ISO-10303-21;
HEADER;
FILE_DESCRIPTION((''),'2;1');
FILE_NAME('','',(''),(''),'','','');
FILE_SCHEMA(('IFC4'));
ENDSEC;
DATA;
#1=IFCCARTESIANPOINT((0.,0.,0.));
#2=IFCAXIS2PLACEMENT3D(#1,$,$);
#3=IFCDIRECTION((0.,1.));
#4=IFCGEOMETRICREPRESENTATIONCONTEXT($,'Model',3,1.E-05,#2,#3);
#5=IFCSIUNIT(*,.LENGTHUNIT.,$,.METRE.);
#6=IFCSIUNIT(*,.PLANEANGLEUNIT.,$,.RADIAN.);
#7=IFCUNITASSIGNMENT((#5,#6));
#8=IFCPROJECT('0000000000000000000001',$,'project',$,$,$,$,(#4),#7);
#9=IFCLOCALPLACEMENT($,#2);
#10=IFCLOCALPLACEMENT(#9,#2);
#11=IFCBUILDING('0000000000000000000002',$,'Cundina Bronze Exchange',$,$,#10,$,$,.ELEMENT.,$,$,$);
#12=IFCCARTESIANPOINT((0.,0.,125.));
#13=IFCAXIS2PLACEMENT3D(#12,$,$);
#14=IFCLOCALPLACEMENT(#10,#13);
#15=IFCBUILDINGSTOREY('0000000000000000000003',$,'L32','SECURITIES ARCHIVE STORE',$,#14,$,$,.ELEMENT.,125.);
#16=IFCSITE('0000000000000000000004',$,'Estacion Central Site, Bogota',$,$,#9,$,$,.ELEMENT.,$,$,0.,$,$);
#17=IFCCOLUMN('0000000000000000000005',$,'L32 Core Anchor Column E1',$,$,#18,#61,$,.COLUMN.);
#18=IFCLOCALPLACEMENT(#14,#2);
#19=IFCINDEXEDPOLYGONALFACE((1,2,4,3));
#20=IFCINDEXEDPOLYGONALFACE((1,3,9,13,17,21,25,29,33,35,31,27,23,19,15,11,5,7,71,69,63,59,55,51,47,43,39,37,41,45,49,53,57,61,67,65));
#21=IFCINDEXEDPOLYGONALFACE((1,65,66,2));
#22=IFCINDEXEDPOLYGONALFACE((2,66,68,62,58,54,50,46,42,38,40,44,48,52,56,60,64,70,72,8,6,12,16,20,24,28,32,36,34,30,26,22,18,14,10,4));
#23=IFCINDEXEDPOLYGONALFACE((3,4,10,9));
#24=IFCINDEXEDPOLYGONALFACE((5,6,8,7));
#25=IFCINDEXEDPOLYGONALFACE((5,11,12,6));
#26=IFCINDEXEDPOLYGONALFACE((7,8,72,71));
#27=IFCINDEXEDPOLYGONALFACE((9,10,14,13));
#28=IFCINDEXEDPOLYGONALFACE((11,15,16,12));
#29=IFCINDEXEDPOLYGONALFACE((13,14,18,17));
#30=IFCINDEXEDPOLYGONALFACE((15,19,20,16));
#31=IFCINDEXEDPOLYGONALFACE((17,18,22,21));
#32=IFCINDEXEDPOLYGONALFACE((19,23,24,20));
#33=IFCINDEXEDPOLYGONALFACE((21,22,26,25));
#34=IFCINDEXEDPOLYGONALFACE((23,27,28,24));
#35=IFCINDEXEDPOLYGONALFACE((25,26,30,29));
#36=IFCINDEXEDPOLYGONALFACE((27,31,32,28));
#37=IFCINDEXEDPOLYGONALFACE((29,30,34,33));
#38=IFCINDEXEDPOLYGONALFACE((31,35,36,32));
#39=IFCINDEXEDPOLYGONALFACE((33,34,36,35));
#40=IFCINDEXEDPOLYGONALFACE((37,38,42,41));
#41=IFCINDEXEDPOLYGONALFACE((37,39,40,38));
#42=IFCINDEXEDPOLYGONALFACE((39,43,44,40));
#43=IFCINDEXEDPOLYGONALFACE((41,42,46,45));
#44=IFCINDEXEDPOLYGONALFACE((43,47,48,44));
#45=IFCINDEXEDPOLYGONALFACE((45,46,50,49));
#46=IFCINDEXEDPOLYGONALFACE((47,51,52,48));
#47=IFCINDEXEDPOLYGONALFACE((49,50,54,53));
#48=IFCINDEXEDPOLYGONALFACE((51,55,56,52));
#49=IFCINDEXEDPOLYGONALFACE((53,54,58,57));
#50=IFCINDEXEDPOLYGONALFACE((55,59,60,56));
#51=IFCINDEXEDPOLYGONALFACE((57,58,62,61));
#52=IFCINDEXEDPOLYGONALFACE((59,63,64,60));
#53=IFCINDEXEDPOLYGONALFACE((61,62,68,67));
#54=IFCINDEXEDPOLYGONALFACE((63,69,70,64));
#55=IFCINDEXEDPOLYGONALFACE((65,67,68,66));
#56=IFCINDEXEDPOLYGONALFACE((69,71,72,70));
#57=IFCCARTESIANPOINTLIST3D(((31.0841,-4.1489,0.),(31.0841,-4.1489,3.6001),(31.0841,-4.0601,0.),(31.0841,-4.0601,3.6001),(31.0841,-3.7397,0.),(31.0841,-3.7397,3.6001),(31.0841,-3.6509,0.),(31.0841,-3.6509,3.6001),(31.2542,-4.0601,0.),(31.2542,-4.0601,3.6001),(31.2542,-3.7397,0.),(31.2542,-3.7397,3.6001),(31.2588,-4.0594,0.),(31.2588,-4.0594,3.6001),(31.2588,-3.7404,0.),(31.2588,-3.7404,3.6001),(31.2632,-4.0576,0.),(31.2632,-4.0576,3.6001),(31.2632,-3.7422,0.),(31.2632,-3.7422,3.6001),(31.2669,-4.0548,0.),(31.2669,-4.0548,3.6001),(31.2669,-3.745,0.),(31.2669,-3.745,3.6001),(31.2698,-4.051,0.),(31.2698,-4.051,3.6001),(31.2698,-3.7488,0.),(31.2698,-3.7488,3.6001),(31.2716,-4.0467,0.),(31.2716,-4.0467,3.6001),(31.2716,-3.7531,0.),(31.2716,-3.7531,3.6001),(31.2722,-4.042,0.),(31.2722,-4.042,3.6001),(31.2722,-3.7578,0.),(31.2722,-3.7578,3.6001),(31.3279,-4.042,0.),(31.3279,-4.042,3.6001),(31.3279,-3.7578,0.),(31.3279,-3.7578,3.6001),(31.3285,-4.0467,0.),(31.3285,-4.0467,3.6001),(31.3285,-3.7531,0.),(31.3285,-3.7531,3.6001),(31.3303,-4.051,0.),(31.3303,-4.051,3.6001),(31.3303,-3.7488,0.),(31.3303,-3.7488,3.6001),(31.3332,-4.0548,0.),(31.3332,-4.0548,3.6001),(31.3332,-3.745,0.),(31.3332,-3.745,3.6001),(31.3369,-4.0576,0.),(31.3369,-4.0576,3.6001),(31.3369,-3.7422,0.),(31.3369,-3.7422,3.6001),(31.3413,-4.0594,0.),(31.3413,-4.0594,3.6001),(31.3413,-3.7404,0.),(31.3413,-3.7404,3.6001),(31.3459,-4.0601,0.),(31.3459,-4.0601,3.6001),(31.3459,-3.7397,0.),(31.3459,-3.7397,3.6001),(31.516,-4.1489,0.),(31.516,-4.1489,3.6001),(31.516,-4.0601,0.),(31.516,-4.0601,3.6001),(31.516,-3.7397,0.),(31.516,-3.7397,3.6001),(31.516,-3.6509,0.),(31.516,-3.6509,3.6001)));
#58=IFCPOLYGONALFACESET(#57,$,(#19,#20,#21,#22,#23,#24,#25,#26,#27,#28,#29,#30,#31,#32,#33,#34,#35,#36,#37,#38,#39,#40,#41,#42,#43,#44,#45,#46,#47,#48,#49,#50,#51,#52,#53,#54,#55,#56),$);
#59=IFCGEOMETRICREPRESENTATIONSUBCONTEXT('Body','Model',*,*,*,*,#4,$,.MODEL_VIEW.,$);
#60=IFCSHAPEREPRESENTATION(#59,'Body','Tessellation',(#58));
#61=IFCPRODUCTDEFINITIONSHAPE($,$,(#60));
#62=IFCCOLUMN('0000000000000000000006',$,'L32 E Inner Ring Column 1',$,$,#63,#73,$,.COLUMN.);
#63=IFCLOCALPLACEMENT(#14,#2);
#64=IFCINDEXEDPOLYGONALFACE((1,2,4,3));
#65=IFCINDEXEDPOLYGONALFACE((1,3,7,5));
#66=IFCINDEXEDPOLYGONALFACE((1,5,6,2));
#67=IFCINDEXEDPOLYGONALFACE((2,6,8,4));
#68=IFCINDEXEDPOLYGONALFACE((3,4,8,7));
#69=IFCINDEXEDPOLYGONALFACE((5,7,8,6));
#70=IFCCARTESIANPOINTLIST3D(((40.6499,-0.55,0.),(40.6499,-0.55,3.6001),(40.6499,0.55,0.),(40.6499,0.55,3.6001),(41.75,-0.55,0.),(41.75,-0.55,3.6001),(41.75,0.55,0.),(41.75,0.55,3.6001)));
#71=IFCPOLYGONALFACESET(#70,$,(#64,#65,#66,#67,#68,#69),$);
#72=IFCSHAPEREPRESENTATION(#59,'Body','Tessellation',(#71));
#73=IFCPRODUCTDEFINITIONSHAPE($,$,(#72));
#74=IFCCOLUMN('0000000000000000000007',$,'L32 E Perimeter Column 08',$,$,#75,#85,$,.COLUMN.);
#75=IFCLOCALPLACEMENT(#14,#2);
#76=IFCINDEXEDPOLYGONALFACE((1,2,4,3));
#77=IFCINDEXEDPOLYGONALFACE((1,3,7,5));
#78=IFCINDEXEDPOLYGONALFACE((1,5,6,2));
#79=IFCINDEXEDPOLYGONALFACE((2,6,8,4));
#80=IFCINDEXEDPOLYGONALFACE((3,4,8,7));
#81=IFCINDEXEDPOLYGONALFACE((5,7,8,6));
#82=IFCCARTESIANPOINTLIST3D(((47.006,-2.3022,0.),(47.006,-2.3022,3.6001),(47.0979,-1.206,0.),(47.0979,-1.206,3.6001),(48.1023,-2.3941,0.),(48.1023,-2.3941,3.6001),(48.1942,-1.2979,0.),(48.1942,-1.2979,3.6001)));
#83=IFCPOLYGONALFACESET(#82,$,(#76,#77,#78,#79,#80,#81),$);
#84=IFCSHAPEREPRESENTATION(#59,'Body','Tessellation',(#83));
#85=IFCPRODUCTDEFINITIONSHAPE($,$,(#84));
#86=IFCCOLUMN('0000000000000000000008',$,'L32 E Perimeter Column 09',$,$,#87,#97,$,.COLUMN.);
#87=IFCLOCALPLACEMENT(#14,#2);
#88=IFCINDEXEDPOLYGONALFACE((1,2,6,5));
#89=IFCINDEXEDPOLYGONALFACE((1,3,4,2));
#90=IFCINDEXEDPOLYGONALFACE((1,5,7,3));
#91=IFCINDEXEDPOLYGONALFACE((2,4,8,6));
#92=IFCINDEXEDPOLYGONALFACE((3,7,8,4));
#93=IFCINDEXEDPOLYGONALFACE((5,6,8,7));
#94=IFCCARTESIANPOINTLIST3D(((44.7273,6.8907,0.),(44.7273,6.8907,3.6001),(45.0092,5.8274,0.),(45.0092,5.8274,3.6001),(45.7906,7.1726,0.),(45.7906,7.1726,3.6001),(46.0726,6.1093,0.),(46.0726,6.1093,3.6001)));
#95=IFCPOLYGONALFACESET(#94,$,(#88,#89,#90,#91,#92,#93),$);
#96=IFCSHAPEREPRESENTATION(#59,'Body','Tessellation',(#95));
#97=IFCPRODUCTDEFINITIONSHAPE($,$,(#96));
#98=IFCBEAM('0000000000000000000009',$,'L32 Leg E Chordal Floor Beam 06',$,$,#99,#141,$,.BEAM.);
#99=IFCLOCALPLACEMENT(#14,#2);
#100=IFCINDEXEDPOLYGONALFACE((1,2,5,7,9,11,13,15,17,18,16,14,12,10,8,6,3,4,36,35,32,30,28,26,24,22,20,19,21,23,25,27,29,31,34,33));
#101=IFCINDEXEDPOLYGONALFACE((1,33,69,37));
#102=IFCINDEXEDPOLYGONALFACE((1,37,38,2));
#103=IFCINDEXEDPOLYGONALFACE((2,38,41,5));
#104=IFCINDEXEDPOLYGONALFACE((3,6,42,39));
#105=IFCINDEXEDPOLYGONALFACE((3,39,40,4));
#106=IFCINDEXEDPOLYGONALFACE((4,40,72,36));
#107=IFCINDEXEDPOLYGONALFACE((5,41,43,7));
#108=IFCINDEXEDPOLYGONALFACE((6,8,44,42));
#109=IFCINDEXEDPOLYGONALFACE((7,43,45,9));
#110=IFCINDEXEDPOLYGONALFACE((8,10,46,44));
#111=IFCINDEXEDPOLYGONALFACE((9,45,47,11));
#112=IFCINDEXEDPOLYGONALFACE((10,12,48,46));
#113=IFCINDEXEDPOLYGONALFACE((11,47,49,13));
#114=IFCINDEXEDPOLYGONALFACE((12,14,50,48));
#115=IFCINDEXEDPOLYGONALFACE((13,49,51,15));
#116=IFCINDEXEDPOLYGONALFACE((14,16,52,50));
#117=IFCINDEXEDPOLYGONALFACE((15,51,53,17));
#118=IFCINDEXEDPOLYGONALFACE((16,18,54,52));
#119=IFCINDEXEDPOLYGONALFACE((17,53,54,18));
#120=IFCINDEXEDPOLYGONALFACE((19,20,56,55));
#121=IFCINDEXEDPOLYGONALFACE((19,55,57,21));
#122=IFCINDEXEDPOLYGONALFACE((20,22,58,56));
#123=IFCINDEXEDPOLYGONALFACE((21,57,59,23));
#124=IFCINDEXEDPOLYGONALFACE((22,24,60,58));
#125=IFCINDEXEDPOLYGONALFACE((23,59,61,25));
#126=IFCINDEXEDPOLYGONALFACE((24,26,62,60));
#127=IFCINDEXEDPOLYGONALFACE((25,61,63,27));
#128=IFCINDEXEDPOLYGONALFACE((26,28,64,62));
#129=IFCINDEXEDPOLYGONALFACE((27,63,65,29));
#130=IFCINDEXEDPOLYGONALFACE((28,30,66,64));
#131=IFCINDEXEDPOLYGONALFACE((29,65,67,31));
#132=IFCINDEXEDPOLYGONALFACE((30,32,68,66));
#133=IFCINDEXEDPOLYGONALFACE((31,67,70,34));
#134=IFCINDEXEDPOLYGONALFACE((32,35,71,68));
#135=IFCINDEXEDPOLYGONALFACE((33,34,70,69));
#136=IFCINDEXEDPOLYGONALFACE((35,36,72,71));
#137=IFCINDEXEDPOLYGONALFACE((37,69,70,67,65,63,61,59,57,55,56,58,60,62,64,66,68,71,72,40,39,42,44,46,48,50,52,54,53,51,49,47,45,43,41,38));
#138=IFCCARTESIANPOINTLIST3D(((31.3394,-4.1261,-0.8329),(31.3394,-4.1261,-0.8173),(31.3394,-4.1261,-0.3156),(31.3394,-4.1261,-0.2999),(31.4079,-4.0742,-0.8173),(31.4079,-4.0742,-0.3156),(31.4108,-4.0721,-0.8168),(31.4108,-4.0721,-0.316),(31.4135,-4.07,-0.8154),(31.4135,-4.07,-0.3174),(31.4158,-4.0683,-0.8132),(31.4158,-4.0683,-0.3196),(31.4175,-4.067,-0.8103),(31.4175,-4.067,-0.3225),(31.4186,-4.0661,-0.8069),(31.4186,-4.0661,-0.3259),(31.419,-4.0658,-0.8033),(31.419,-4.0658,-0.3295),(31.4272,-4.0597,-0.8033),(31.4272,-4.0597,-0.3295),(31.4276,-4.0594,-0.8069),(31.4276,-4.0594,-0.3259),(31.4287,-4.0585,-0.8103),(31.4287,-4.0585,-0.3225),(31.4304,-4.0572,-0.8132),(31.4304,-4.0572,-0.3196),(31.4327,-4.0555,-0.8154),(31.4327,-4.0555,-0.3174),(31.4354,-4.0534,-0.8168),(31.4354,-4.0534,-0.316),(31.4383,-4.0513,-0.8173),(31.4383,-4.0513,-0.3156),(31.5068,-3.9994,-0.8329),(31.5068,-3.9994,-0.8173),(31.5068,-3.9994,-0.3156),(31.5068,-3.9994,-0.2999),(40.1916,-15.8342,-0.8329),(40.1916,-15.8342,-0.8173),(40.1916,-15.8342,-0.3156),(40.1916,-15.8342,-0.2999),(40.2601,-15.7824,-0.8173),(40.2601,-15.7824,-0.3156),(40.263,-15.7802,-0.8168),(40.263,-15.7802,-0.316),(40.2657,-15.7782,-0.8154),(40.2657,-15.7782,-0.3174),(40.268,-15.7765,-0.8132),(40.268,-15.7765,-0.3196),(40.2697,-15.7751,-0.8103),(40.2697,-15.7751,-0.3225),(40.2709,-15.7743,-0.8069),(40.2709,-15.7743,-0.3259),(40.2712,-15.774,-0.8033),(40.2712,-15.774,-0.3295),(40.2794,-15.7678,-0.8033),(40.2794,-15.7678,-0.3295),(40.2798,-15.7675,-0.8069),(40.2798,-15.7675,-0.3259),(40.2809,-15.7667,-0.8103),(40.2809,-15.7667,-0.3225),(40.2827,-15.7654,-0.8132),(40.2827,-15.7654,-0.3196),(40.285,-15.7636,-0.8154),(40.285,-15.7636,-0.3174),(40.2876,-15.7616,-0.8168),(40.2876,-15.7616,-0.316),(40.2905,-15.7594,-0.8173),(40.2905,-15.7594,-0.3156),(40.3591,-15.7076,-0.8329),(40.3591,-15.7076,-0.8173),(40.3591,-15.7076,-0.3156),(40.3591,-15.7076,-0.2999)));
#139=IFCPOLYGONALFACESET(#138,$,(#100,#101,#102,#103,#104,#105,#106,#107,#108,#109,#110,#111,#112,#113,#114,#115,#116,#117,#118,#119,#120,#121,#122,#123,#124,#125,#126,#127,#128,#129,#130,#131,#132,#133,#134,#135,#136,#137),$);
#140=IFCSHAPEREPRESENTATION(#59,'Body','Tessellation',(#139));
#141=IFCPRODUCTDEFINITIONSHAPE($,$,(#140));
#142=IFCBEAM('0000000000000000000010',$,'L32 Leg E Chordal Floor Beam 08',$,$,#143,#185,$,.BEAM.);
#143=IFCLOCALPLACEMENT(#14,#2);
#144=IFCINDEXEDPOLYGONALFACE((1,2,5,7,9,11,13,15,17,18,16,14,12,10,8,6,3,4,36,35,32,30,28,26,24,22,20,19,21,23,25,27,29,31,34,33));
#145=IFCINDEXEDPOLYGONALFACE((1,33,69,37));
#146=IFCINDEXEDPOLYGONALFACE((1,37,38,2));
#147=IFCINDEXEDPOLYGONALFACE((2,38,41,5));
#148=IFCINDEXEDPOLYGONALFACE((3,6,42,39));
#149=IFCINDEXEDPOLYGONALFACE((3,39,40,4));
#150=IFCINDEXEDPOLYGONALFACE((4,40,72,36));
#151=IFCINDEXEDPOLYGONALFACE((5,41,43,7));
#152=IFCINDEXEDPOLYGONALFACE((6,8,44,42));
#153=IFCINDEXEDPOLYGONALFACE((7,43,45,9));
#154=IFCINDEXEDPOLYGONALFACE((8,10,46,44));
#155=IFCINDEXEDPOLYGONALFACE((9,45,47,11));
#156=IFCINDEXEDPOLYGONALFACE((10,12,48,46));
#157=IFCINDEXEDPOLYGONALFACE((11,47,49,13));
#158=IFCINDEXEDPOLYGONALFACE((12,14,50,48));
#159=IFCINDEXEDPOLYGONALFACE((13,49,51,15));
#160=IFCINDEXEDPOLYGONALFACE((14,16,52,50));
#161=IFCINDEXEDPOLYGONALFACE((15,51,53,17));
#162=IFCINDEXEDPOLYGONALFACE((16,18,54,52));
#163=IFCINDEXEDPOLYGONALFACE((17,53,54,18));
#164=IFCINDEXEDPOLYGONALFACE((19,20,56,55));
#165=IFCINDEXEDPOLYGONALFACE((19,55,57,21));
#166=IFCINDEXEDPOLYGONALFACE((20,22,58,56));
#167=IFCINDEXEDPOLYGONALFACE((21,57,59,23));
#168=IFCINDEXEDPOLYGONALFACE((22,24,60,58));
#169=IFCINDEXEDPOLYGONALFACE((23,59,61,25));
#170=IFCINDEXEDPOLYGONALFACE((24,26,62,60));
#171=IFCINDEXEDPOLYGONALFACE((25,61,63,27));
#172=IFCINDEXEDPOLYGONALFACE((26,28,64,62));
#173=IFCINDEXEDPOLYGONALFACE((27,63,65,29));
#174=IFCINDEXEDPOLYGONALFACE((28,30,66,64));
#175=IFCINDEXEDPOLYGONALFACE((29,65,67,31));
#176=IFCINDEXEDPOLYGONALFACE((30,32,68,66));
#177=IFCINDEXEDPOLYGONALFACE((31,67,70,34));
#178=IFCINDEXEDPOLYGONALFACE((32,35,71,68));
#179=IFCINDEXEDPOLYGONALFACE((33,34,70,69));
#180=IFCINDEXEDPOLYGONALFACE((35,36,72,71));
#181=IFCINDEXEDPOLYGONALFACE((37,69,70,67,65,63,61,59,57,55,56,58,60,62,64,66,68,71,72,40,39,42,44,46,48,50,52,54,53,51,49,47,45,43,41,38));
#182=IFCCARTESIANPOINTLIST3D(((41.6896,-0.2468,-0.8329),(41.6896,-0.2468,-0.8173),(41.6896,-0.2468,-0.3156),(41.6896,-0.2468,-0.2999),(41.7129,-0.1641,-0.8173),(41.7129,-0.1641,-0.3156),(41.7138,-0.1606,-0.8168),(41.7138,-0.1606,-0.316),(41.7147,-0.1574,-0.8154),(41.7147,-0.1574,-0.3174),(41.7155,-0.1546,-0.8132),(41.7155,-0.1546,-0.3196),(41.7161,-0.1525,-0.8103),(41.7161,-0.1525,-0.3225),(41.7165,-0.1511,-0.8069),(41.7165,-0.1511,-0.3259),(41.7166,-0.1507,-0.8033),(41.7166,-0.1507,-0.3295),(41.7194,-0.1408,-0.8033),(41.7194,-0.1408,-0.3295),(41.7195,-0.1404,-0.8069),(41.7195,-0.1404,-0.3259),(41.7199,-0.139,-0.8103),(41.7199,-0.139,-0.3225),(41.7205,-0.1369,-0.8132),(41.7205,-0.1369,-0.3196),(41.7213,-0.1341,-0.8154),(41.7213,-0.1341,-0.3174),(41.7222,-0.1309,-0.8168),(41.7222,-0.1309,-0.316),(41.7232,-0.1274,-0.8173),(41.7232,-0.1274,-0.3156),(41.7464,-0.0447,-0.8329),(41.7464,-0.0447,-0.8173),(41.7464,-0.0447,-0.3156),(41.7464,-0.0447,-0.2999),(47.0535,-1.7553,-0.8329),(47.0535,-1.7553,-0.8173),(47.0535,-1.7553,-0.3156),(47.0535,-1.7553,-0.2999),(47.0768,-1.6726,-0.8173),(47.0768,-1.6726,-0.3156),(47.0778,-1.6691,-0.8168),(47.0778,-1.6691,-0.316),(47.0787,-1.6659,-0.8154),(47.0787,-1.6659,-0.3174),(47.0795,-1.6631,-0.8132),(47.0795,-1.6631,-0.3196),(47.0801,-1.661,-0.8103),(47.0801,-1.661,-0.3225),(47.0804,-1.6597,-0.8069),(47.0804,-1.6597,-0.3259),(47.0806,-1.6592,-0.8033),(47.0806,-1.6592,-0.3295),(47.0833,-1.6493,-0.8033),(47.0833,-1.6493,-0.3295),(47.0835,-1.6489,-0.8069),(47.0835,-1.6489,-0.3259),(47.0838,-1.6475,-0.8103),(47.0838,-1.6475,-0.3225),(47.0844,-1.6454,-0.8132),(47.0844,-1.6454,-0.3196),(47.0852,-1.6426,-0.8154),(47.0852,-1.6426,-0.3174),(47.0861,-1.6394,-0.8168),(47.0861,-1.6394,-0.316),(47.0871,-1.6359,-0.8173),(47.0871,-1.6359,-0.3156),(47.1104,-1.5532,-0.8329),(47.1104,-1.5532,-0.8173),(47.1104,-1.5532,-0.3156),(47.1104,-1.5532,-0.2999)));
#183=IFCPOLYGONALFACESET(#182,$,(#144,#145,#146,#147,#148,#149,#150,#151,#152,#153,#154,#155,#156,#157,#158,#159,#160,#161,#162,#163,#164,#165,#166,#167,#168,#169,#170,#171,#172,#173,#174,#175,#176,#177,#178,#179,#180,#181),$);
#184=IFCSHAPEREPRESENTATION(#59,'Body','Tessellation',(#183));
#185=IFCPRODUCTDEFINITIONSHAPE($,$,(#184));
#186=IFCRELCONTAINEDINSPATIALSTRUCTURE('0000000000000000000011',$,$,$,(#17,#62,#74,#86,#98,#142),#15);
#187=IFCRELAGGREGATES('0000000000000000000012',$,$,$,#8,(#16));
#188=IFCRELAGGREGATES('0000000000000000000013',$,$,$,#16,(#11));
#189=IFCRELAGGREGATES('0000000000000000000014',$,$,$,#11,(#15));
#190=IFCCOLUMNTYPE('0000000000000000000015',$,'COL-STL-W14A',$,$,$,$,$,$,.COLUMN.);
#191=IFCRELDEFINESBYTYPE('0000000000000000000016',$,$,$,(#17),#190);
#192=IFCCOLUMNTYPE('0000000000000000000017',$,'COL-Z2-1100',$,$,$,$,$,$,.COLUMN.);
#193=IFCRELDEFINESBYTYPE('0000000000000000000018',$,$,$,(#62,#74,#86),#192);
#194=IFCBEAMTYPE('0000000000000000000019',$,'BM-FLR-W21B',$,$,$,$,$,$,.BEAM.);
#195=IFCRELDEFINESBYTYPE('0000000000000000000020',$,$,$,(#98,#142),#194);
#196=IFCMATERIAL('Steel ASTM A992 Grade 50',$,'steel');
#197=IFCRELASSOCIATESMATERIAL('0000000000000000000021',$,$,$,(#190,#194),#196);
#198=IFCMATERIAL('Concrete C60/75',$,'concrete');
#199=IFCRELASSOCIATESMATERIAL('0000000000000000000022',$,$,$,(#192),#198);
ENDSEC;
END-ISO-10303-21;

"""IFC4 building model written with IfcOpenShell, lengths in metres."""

from ifc_helpers import new_model, si_unit, direction, frame, origin, origin_2d, place, context, subcontext, project, spatial, rectangle, i_section, extrude, material, material_profile, profile_set, type_object, element, save


model = new_model("IFC4")

# Units and contexts
model_context = context("Model", 3, precision=1e-05, world=origin(), true_north=direction((0.0, 1.0)))
body_context = subcontext(model_context, "Body", "Model", "MODEL_VIEW")
ifc_project = project(units=[si_unit("LENGTHUNIT", "METRE"), si_unit("PLANEANGLEUNIT", "RADIAN")], contexts=[model_context])

# Site, building, storey
site_placement = place(None, origin())
site = spatial("IfcSite", under=ifc_project, at=site_placement, Name="Estacion Central Site, Bogota", CompositionType="ELEMENT", RefElevation=0.0)
building_placement = place(site_placement, origin())
building = spatial("IfcBuilding", under=site, at=building_placement, Name="Cundina Bronze Exchange", CompositionType="ELEMENT")
storey_placement = place(building_placement, frame((0.0, 0.0, 125.0)))
storey = spatial("IfcBuildingStorey", under=building, at=storey_placement, Name="L32", Description="SECURITIES ARCHIVE STORE", CompositionType="ELEMENT", Elevation=125.0)

# Columns
ifc_material_1 = material(Name="Steel ASTM A992 Grade 50", Category="steel")
ifc_material_profile_1 = material_profile(ifc_material_1, i_section(OverallWidth=0.4319, OverallDepth=0.498, WebThickness=0.0557, FlangeThickness=0.0889, FilletRadius=0.0181, at=origin_2d()), Name="W14X500", Category="steel")
ifc_profile_set_1 = profile_set([ifc_material_profile_1], Name="Steel ASTM A992 Grade 50")
column_type_1 = type_object("IfcColumnType", Name="COL-STL-W14A", PredefinedType="COLUMN", material=ifc_profile_set_1)
column_placement = place(storey_placement, frame((31.3, -3.8999, 0.0), z_axis=(0.0, 0.0, 1.0), x_axis=(1.0, 0.0, 0.0)))
element("IfcColumn", 1, at=column_placement, inside=storey, type_object=column_type_1, Name="L32 Core Anchor Column E1", PredefinedType="COLUMN", context=body_context, shape_type="SweptSolid", body=[
    extrude(i_section(OverallWidth=0.4319, OverallDepth=0.498, WebThickness=0.0557, FlangeThickness=0.0889, FilletRadius=0.0181, at=origin_2d()), origin(), (0.0, 0.0, 1.0), 3.6001),
])
ifc_material_2 = material(Name="Concrete C60/75", Category="concrete")
ifc_material_profile_2 = material_profile(ifc_material_2, rectangle(XDim=1.1001, YDim=1.1001, at=origin_2d()), Name="RC1100X1100", Category="concrete")
ifc_profile_set_2 = profile_set([ifc_material_profile_2], Name="Concrete C60/75")
column_type_2 = type_object("IfcColumnType", Name="COL-Z2-1100", PredefinedType="COLUMN", material=ifc_profile_set_2)
for number, where, z_axis, x_axis, name in (
    (2, (41.2, 0.0, 0.0), (0.0, 0.0, 1.0), (1.0, 0.0, 0.0), "L32 E Inner Ring Column 1"),
    (3, (47.6001, -1.8, 0.0), (0.0, 0.0, 1.0), (0.083504, 0.996507, 0.0), "L32 E Perimeter Column 08"),
    (4, (45.3999, 6.5, 0.0), (0.0, 0.0, 1.0), (-0.256289, 0.9666, 0.0), "L32 E Perimeter Column 09"),
):
    element("IfcColumn", number, at=place(storey_placement, frame(where, z_axis=z_axis, x_axis=x_axis)), inside=storey, type_object=column_type_2, Name=name, PredefinedType="COLUMN", context=body_context, shape_type="SweptSolid", body=[
        extrude(rectangle(XDim=1.1001, YDim=1.1001, at=origin_2d()), origin(), (0.0, 0.0, 1.0), 3.6001),
    ])

# Beams
ifc_material_profile_3 = material_profile(ifc_material_1, i_section(OverallWidth=0.21, OverallDepth=0.533, WebThickness=0.0103, FlangeThickness=0.0156, FilletRadius=0.0139, at=origin_2d()), Name="W21X62", Category="steel")
ifc_profile_set_3 = profile_set([ifc_material_profile_3], Name="Steel ASTM A992 Grade 50")
beam_type_1 = type_object("IfcBeamType", Name="BM-FLR-W21B", PredefinedType="BEAM", material=ifc_profile_set_3)
beam_1_placement = place(storey_placement, frame((31.4231, -4.0627, -0.5664), z_axis=(0.603096, -0.797669, 0.0), x_axis=(0.797669, 0.603096, 0.0)))
element("IfcBeam", 5, at=beam_1_placement, inside=storey, type_object=beam_type_1, Name="L32 Leg E Chordal Floor Beam 06", PredefinedType="BEAM", context=body_context, shape_type="SweptSolid", body=[
    extrude(i_section(OverallWidth=0.21, OverallDepth=0.533, WebThickness=0.0103, FlangeThickness=0.0156, FilletRadius=0.0139, at=origin_2d()), origin(), (0.0, 0.0, 1.0), 14.678),
])
beam_2_placement = place(storey_placement, frame((41.718, -0.1458, -0.5664), z_axis=(0.962655, -0.270732, 0.0), x_axis=(0.270732, 0.962655, 0.0)))
element("IfcBeam", 6, at=beam_2_placement, inside=storey, type_object=beam_type_1, Name="L32 Leg E Chordal Floor Beam 08", PredefinedType="BEAM", context=body_context, shape_type="SweptSolid", body=[
    extrude(i_section(OverallWidth=0.21, OverallDepth=0.533, WebThickness=0.0103, FlangeThickness=0.0156, FilletRadius=0.0139, at=origin_2d()), origin(), (0.0, 0.0, 1.0), 5.572),
])

save(model, "model.ifc")
